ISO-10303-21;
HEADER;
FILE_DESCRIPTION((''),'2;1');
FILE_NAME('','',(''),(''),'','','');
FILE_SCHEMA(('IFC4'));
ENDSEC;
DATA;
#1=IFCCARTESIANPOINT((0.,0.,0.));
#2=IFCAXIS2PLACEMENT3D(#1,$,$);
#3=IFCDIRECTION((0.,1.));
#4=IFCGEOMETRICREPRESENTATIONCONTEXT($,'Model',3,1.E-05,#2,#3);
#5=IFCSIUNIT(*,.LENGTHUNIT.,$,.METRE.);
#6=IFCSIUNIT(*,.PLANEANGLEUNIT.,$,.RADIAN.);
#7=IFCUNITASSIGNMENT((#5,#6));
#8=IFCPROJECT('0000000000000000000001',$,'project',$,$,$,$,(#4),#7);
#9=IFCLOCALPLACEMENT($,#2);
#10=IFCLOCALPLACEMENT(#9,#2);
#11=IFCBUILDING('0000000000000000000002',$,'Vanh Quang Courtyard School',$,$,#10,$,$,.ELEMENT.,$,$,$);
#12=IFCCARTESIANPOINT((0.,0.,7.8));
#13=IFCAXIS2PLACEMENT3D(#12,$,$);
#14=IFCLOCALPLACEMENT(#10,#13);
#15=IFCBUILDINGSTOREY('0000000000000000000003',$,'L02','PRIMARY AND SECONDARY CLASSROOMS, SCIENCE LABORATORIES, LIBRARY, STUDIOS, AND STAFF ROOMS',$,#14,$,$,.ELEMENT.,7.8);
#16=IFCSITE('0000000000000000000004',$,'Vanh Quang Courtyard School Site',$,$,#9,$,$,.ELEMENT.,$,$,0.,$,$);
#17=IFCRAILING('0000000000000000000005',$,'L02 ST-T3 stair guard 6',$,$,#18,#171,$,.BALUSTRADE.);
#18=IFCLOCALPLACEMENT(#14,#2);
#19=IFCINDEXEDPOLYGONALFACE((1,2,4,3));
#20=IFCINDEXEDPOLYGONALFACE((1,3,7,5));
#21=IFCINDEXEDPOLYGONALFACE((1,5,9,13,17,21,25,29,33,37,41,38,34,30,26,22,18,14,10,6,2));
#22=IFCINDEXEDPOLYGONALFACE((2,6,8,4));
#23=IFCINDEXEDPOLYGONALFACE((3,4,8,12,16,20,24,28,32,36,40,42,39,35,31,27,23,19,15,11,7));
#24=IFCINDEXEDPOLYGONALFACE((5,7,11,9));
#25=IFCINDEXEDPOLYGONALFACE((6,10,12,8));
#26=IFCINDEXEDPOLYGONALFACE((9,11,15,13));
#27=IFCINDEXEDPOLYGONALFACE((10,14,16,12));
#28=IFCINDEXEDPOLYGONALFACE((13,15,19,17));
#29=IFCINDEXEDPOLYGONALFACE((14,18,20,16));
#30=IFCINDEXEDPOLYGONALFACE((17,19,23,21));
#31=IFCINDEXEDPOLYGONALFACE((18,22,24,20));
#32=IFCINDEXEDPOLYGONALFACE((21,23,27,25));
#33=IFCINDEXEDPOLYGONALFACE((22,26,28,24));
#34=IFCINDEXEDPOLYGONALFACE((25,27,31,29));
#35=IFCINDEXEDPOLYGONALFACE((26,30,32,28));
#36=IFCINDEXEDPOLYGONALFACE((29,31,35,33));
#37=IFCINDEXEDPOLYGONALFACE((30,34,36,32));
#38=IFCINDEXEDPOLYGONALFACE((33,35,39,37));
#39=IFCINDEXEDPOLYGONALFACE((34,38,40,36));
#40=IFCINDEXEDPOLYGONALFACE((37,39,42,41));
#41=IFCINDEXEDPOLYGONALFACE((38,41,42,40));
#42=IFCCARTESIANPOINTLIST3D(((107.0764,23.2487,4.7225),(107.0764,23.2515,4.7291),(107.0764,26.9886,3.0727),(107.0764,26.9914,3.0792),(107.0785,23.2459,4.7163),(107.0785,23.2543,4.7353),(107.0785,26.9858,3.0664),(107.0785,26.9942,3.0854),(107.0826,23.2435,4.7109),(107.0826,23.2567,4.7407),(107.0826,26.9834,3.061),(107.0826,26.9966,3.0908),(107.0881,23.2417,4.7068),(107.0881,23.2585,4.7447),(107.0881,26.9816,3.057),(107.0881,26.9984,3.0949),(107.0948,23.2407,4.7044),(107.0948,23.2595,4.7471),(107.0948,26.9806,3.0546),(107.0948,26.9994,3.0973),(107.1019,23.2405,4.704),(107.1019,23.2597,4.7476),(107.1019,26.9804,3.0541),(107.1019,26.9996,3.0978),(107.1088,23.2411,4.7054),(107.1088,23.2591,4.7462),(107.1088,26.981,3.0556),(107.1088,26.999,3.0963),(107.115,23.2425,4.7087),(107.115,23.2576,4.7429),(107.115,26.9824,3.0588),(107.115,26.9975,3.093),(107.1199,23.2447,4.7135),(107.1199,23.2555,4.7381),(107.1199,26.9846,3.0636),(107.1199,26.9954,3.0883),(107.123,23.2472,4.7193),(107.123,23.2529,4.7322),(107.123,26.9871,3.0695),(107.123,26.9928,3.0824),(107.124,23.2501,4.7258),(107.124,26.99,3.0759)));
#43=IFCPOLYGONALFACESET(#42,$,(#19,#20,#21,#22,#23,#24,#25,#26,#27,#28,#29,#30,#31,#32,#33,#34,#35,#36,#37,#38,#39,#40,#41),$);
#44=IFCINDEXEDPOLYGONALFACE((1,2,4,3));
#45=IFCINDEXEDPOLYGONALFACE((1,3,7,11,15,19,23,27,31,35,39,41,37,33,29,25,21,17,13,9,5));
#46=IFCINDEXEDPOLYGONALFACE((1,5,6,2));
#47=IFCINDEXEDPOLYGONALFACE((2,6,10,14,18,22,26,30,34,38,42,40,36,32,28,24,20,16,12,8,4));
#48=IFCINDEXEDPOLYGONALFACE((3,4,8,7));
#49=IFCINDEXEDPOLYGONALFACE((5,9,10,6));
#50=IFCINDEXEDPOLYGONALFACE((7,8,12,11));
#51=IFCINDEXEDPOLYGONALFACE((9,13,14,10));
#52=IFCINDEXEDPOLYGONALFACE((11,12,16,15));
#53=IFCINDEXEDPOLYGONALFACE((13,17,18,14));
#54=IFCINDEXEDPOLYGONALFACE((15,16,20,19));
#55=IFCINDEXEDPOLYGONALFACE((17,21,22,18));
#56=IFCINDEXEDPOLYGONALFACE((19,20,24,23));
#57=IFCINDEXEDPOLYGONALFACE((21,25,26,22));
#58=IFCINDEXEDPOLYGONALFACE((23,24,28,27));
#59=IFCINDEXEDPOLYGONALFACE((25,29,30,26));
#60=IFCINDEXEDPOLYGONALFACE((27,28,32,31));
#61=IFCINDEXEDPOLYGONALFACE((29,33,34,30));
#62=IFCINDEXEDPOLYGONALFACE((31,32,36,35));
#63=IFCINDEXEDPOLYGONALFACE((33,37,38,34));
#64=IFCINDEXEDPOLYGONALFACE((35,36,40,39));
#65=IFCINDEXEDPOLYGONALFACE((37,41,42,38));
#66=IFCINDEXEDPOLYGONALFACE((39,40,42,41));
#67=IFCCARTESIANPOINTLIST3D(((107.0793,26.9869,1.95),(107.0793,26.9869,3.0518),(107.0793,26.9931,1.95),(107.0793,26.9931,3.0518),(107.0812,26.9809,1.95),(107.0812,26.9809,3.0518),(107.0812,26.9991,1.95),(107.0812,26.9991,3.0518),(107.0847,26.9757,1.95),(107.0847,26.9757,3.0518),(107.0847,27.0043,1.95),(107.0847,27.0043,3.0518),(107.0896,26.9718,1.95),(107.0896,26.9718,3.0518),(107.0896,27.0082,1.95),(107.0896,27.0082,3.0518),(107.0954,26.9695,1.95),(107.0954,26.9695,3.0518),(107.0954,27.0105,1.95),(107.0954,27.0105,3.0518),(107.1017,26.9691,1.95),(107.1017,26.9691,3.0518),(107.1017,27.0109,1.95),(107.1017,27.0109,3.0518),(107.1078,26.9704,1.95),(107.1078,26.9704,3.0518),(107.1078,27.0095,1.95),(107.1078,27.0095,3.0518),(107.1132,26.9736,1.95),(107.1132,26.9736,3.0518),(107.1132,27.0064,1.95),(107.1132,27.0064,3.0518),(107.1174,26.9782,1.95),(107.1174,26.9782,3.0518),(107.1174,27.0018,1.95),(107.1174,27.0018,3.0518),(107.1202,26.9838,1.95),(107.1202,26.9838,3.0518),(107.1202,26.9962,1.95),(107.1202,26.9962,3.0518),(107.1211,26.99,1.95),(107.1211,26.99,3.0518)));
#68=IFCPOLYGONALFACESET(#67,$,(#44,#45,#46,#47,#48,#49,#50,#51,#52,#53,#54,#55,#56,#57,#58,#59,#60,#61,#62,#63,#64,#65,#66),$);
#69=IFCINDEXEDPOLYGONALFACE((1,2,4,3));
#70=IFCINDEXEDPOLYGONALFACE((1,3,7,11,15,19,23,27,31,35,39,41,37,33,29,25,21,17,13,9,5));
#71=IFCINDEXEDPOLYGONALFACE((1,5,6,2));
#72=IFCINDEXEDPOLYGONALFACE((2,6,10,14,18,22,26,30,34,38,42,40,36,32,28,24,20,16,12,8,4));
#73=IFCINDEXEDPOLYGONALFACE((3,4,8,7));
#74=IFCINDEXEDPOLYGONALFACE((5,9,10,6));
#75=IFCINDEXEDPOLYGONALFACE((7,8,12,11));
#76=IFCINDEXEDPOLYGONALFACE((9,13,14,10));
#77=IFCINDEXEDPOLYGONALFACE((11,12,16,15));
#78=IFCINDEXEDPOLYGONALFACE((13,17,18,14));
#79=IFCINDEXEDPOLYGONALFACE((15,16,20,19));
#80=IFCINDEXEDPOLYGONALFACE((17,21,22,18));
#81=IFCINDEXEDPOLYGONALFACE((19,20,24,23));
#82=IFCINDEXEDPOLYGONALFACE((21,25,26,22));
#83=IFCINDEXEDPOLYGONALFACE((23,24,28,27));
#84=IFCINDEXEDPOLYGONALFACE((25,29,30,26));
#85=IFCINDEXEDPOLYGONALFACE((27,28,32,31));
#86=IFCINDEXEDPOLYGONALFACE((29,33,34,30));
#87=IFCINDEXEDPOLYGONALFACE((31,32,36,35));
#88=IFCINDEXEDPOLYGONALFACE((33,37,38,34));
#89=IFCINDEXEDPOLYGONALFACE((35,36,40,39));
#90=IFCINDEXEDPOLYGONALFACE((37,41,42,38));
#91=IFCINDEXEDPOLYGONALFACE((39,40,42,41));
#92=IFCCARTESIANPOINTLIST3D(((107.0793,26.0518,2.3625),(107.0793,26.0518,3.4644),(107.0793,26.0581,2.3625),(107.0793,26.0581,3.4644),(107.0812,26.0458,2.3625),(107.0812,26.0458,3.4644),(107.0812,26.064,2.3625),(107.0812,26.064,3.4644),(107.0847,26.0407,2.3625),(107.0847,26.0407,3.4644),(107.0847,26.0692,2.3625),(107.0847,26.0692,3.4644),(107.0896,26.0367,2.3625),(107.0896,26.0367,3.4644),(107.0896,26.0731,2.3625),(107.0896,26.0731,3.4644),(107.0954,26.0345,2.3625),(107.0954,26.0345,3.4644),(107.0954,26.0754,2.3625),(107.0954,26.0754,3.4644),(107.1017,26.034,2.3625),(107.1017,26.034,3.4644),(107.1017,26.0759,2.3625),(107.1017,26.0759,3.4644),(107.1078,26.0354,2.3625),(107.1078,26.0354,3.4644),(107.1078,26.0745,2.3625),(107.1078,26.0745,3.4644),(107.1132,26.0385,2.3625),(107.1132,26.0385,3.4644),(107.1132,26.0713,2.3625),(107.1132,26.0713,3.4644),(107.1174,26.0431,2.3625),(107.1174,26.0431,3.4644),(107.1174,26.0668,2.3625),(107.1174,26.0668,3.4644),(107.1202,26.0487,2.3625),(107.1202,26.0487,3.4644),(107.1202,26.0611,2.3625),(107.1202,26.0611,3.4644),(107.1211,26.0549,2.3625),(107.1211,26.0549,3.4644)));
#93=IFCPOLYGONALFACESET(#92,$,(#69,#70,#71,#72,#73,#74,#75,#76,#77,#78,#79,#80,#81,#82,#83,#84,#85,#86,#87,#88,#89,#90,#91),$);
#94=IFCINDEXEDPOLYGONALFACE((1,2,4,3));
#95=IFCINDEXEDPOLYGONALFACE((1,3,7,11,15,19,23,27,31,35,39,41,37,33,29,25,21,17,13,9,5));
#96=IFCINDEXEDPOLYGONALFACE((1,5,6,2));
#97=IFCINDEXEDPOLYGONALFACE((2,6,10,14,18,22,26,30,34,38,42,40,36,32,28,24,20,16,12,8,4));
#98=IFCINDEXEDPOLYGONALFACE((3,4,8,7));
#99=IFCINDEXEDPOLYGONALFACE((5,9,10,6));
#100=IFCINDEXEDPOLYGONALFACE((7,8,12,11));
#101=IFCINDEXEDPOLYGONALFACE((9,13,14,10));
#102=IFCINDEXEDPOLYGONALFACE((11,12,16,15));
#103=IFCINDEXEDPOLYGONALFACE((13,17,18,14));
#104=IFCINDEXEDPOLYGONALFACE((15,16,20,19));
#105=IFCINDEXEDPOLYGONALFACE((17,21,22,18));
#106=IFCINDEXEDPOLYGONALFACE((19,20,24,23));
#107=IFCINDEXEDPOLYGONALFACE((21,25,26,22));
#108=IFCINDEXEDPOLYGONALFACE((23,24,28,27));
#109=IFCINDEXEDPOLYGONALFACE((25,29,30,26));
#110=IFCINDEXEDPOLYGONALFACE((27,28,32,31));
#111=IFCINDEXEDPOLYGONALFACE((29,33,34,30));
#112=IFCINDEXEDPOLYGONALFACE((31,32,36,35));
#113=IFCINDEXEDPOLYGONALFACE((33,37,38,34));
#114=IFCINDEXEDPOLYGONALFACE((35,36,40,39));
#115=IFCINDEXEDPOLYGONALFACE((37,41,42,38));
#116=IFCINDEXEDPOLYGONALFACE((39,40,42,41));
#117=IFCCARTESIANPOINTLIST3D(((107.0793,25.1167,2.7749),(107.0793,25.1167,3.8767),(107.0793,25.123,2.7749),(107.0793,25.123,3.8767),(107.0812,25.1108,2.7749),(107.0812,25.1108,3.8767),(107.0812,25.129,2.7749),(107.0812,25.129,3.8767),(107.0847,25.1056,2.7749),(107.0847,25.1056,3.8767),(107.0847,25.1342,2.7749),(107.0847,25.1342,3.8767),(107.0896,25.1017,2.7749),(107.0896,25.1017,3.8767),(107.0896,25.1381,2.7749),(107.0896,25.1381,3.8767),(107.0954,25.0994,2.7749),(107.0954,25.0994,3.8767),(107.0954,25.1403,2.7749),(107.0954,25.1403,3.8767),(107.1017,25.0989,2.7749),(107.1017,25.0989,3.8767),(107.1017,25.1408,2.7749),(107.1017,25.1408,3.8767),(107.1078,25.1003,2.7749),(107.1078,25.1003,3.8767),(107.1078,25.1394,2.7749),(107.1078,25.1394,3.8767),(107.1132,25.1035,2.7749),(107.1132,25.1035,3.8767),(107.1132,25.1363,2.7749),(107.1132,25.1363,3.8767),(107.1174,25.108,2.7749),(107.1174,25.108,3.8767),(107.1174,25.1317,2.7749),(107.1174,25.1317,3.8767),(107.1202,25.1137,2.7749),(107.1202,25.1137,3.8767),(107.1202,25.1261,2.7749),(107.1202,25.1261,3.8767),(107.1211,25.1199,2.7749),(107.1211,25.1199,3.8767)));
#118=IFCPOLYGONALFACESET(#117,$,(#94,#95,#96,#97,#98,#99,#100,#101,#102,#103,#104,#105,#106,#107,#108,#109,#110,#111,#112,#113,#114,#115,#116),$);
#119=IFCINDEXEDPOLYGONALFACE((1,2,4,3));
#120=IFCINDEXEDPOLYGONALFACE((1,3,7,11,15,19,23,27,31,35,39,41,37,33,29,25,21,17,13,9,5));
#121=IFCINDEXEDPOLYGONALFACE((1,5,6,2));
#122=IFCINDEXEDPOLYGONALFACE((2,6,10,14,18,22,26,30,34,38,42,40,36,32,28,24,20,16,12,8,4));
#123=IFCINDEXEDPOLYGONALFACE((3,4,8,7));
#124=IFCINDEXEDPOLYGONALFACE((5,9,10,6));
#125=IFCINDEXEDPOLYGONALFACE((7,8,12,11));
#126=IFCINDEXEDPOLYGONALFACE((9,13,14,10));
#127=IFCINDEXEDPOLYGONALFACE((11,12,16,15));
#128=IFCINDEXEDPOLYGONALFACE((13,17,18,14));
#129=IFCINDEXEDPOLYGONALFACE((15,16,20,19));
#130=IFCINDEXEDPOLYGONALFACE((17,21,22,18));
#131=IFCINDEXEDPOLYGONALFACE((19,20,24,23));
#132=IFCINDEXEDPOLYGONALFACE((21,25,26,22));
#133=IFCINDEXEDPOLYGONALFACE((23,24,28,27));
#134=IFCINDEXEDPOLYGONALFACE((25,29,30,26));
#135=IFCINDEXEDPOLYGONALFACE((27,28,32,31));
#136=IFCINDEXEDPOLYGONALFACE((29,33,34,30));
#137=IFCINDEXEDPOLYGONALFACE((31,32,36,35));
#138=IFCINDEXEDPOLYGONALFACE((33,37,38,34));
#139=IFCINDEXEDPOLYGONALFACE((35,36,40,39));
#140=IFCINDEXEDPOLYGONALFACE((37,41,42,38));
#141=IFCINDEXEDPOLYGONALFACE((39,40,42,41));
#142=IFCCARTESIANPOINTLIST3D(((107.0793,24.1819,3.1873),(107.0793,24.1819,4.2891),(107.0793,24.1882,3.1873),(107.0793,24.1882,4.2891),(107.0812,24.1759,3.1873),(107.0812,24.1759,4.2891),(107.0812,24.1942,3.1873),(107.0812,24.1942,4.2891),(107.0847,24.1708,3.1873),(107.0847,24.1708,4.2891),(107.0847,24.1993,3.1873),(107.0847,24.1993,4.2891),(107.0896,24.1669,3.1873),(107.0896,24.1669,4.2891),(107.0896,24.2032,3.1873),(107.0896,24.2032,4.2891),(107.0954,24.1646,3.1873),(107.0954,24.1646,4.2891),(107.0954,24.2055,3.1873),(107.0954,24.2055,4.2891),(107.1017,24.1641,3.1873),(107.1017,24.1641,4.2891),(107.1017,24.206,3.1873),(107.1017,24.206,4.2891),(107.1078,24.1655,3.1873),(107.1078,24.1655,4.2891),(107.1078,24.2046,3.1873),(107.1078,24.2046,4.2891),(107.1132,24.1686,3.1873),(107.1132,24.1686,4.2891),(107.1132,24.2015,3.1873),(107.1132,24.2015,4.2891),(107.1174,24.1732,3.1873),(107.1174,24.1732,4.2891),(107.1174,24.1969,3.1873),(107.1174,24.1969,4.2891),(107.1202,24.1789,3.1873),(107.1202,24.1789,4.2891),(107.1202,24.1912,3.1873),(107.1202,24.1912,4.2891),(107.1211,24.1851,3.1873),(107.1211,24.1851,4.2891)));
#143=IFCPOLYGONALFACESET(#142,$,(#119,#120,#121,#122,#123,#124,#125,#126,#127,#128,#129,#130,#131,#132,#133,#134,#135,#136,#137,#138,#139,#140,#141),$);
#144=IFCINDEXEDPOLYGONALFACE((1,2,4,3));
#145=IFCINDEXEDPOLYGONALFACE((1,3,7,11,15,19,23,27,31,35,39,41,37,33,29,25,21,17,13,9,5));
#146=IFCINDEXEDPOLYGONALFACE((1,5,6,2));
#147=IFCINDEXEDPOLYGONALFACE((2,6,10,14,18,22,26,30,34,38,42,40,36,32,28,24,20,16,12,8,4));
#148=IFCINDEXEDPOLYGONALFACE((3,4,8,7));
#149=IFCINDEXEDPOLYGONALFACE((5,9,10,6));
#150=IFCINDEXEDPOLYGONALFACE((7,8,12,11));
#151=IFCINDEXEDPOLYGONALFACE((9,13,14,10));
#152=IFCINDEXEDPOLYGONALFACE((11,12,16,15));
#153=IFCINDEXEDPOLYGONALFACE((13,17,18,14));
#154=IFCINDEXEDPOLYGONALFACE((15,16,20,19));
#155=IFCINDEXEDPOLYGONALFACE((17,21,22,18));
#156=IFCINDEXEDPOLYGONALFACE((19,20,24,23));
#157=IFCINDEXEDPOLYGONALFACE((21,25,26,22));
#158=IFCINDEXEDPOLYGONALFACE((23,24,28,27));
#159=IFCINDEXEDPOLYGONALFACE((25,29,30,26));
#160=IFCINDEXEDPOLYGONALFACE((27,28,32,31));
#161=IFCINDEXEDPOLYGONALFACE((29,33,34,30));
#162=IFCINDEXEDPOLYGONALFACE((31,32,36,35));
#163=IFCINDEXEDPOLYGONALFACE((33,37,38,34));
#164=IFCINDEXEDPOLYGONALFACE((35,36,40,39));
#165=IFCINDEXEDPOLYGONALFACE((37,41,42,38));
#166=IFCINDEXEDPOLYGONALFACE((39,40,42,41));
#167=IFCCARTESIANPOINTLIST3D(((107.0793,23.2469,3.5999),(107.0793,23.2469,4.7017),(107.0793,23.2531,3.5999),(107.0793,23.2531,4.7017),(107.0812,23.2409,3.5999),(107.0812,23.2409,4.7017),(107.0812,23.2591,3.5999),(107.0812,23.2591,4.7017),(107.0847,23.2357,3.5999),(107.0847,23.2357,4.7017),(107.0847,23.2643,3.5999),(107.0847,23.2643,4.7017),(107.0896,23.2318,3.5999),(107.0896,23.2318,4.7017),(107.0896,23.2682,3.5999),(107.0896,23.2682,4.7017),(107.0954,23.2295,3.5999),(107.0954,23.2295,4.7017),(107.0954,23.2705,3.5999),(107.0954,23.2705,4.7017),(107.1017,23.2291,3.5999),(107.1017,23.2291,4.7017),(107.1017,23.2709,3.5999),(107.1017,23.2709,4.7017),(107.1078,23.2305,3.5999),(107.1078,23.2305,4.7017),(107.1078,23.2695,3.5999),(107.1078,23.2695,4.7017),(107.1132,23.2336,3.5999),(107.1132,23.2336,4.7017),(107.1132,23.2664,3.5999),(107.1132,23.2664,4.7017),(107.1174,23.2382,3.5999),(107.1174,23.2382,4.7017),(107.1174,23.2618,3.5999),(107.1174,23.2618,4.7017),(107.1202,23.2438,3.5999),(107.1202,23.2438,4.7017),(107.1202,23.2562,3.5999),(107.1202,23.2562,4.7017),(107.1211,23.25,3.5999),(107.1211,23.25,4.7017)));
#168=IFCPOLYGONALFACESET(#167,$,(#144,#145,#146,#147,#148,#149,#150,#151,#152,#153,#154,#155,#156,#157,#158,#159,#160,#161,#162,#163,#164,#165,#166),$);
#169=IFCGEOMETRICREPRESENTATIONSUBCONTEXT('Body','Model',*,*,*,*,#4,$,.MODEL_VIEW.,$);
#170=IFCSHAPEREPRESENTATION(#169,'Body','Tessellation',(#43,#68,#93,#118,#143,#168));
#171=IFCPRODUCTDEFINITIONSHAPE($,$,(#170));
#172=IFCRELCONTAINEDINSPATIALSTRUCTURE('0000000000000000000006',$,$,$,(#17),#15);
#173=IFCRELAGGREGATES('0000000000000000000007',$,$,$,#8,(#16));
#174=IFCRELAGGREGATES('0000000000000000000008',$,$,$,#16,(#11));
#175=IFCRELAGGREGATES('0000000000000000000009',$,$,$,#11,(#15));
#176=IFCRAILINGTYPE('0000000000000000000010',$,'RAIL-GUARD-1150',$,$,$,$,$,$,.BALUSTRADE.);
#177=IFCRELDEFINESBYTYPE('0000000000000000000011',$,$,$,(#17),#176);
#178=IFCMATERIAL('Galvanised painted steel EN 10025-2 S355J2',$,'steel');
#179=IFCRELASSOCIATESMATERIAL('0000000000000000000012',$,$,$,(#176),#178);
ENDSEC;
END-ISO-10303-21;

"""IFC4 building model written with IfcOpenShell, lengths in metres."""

from ifc_helpers import new_model, si_unit, direction, frame, origin, origin_2d, place, context, subcontext, project, spatial, circle, extrude, material, type_object, element, save


model = new_model("IFC4")

# Units and contexts
model_context = context("Model", 3, precision=1e-05, world=origin(), true_north=direction((0.0, 1.0)))
body_context = subcontext(model_context, "Body", "Model", "MODEL_VIEW")
ifc_project = project(units=[si_unit("LENGTHUNIT", "METRE"), si_unit("PLANEANGLEUNIT", "RADIAN")], contexts=[model_context])

# Site, building, storey
site_placement = place(None, origin())
site = spatial("IfcSite", under=ifc_project, at=site_placement, Name="Vanh Quang Courtyard School Site", CompositionType="ELEMENT", RefElevation=0.0)
building_placement = place(site_placement, origin())
building = spatial("IfcBuilding", under=site, at=building_placement, Name="Vanh Quang Courtyard School", CompositionType="ELEMENT")
storey_placement = place(building_placement, frame((0.0, 0.0, 7.8)))
storey = spatial("IfcBuildingStorey", under=building, at=storey_placement, Name="L02", Description="PRIMARY AND SECONDARY CLASSROOMS, SCIENCE LABORATORIES, LIBRARY, STUDIOS, AND STAFF ROOMS", CompositionType="ELEMENT", Elevation=7.8)

# Railing
ifc_material_1 = material(Name="Galvanised painted steel EN 10025-2 S355J2", Category="steel")
railing_type_1 = type_object("IfcRailingType", Name="RAIL-GUARD-1150", PredefinedType="BALUSTRADE", material=ifc_material_1)
railing_1_placement = place(storey_placement, frame((107.1001, 26.99, 1.95)))
element("IfcRailing", 1, at=railing_1_placement, inside=storey, type_object=railing_type_1, Name="L02 ST-T3 stair guard 6", PredefinedType="BALUSTRADE", context=body_context, shape_type="SweptSolid", body=[
    extrude(circle(Radius=0.0239, at=origin_2d()), frame((0.0, 0.0, 1.126), z_axis=(0.0, -0.914926, 0.403621), x_axis=(1.0, 0.0, 0.0)), (0.0, 0.0, 1.0), 4.0876),
    extrude(circle(Radius=0.021, at=origin_2d()), origin(), (0.0, 0.0, 1.0), 1.1018),
    extrude(circle(Radius=0.021, at=origin_2d()), frame((0.0, -0.9351, 0.4126)), (0.0, 0.0, 1.0), 1.1018),
    extrude(circle(Radius=0.021, at=origin_2d()), frame((0.0, -1.8701, 0.825)), (0.0, 0.0, 1.0), 1.1018),
    extrude(circle(Radius=0.021, at=origin_2d()), frame((0.0, -2.8049, 1.2373)), (0.0, 0.0, 1.0), 1.1018),
    extrude(circle(Radius=0.021, at=origin_2d()), frame((0.0, -3.74, 1.6499)), (0.0, 0.0, 1.0), 1.1018),
])

save(model, "model.ifc")
